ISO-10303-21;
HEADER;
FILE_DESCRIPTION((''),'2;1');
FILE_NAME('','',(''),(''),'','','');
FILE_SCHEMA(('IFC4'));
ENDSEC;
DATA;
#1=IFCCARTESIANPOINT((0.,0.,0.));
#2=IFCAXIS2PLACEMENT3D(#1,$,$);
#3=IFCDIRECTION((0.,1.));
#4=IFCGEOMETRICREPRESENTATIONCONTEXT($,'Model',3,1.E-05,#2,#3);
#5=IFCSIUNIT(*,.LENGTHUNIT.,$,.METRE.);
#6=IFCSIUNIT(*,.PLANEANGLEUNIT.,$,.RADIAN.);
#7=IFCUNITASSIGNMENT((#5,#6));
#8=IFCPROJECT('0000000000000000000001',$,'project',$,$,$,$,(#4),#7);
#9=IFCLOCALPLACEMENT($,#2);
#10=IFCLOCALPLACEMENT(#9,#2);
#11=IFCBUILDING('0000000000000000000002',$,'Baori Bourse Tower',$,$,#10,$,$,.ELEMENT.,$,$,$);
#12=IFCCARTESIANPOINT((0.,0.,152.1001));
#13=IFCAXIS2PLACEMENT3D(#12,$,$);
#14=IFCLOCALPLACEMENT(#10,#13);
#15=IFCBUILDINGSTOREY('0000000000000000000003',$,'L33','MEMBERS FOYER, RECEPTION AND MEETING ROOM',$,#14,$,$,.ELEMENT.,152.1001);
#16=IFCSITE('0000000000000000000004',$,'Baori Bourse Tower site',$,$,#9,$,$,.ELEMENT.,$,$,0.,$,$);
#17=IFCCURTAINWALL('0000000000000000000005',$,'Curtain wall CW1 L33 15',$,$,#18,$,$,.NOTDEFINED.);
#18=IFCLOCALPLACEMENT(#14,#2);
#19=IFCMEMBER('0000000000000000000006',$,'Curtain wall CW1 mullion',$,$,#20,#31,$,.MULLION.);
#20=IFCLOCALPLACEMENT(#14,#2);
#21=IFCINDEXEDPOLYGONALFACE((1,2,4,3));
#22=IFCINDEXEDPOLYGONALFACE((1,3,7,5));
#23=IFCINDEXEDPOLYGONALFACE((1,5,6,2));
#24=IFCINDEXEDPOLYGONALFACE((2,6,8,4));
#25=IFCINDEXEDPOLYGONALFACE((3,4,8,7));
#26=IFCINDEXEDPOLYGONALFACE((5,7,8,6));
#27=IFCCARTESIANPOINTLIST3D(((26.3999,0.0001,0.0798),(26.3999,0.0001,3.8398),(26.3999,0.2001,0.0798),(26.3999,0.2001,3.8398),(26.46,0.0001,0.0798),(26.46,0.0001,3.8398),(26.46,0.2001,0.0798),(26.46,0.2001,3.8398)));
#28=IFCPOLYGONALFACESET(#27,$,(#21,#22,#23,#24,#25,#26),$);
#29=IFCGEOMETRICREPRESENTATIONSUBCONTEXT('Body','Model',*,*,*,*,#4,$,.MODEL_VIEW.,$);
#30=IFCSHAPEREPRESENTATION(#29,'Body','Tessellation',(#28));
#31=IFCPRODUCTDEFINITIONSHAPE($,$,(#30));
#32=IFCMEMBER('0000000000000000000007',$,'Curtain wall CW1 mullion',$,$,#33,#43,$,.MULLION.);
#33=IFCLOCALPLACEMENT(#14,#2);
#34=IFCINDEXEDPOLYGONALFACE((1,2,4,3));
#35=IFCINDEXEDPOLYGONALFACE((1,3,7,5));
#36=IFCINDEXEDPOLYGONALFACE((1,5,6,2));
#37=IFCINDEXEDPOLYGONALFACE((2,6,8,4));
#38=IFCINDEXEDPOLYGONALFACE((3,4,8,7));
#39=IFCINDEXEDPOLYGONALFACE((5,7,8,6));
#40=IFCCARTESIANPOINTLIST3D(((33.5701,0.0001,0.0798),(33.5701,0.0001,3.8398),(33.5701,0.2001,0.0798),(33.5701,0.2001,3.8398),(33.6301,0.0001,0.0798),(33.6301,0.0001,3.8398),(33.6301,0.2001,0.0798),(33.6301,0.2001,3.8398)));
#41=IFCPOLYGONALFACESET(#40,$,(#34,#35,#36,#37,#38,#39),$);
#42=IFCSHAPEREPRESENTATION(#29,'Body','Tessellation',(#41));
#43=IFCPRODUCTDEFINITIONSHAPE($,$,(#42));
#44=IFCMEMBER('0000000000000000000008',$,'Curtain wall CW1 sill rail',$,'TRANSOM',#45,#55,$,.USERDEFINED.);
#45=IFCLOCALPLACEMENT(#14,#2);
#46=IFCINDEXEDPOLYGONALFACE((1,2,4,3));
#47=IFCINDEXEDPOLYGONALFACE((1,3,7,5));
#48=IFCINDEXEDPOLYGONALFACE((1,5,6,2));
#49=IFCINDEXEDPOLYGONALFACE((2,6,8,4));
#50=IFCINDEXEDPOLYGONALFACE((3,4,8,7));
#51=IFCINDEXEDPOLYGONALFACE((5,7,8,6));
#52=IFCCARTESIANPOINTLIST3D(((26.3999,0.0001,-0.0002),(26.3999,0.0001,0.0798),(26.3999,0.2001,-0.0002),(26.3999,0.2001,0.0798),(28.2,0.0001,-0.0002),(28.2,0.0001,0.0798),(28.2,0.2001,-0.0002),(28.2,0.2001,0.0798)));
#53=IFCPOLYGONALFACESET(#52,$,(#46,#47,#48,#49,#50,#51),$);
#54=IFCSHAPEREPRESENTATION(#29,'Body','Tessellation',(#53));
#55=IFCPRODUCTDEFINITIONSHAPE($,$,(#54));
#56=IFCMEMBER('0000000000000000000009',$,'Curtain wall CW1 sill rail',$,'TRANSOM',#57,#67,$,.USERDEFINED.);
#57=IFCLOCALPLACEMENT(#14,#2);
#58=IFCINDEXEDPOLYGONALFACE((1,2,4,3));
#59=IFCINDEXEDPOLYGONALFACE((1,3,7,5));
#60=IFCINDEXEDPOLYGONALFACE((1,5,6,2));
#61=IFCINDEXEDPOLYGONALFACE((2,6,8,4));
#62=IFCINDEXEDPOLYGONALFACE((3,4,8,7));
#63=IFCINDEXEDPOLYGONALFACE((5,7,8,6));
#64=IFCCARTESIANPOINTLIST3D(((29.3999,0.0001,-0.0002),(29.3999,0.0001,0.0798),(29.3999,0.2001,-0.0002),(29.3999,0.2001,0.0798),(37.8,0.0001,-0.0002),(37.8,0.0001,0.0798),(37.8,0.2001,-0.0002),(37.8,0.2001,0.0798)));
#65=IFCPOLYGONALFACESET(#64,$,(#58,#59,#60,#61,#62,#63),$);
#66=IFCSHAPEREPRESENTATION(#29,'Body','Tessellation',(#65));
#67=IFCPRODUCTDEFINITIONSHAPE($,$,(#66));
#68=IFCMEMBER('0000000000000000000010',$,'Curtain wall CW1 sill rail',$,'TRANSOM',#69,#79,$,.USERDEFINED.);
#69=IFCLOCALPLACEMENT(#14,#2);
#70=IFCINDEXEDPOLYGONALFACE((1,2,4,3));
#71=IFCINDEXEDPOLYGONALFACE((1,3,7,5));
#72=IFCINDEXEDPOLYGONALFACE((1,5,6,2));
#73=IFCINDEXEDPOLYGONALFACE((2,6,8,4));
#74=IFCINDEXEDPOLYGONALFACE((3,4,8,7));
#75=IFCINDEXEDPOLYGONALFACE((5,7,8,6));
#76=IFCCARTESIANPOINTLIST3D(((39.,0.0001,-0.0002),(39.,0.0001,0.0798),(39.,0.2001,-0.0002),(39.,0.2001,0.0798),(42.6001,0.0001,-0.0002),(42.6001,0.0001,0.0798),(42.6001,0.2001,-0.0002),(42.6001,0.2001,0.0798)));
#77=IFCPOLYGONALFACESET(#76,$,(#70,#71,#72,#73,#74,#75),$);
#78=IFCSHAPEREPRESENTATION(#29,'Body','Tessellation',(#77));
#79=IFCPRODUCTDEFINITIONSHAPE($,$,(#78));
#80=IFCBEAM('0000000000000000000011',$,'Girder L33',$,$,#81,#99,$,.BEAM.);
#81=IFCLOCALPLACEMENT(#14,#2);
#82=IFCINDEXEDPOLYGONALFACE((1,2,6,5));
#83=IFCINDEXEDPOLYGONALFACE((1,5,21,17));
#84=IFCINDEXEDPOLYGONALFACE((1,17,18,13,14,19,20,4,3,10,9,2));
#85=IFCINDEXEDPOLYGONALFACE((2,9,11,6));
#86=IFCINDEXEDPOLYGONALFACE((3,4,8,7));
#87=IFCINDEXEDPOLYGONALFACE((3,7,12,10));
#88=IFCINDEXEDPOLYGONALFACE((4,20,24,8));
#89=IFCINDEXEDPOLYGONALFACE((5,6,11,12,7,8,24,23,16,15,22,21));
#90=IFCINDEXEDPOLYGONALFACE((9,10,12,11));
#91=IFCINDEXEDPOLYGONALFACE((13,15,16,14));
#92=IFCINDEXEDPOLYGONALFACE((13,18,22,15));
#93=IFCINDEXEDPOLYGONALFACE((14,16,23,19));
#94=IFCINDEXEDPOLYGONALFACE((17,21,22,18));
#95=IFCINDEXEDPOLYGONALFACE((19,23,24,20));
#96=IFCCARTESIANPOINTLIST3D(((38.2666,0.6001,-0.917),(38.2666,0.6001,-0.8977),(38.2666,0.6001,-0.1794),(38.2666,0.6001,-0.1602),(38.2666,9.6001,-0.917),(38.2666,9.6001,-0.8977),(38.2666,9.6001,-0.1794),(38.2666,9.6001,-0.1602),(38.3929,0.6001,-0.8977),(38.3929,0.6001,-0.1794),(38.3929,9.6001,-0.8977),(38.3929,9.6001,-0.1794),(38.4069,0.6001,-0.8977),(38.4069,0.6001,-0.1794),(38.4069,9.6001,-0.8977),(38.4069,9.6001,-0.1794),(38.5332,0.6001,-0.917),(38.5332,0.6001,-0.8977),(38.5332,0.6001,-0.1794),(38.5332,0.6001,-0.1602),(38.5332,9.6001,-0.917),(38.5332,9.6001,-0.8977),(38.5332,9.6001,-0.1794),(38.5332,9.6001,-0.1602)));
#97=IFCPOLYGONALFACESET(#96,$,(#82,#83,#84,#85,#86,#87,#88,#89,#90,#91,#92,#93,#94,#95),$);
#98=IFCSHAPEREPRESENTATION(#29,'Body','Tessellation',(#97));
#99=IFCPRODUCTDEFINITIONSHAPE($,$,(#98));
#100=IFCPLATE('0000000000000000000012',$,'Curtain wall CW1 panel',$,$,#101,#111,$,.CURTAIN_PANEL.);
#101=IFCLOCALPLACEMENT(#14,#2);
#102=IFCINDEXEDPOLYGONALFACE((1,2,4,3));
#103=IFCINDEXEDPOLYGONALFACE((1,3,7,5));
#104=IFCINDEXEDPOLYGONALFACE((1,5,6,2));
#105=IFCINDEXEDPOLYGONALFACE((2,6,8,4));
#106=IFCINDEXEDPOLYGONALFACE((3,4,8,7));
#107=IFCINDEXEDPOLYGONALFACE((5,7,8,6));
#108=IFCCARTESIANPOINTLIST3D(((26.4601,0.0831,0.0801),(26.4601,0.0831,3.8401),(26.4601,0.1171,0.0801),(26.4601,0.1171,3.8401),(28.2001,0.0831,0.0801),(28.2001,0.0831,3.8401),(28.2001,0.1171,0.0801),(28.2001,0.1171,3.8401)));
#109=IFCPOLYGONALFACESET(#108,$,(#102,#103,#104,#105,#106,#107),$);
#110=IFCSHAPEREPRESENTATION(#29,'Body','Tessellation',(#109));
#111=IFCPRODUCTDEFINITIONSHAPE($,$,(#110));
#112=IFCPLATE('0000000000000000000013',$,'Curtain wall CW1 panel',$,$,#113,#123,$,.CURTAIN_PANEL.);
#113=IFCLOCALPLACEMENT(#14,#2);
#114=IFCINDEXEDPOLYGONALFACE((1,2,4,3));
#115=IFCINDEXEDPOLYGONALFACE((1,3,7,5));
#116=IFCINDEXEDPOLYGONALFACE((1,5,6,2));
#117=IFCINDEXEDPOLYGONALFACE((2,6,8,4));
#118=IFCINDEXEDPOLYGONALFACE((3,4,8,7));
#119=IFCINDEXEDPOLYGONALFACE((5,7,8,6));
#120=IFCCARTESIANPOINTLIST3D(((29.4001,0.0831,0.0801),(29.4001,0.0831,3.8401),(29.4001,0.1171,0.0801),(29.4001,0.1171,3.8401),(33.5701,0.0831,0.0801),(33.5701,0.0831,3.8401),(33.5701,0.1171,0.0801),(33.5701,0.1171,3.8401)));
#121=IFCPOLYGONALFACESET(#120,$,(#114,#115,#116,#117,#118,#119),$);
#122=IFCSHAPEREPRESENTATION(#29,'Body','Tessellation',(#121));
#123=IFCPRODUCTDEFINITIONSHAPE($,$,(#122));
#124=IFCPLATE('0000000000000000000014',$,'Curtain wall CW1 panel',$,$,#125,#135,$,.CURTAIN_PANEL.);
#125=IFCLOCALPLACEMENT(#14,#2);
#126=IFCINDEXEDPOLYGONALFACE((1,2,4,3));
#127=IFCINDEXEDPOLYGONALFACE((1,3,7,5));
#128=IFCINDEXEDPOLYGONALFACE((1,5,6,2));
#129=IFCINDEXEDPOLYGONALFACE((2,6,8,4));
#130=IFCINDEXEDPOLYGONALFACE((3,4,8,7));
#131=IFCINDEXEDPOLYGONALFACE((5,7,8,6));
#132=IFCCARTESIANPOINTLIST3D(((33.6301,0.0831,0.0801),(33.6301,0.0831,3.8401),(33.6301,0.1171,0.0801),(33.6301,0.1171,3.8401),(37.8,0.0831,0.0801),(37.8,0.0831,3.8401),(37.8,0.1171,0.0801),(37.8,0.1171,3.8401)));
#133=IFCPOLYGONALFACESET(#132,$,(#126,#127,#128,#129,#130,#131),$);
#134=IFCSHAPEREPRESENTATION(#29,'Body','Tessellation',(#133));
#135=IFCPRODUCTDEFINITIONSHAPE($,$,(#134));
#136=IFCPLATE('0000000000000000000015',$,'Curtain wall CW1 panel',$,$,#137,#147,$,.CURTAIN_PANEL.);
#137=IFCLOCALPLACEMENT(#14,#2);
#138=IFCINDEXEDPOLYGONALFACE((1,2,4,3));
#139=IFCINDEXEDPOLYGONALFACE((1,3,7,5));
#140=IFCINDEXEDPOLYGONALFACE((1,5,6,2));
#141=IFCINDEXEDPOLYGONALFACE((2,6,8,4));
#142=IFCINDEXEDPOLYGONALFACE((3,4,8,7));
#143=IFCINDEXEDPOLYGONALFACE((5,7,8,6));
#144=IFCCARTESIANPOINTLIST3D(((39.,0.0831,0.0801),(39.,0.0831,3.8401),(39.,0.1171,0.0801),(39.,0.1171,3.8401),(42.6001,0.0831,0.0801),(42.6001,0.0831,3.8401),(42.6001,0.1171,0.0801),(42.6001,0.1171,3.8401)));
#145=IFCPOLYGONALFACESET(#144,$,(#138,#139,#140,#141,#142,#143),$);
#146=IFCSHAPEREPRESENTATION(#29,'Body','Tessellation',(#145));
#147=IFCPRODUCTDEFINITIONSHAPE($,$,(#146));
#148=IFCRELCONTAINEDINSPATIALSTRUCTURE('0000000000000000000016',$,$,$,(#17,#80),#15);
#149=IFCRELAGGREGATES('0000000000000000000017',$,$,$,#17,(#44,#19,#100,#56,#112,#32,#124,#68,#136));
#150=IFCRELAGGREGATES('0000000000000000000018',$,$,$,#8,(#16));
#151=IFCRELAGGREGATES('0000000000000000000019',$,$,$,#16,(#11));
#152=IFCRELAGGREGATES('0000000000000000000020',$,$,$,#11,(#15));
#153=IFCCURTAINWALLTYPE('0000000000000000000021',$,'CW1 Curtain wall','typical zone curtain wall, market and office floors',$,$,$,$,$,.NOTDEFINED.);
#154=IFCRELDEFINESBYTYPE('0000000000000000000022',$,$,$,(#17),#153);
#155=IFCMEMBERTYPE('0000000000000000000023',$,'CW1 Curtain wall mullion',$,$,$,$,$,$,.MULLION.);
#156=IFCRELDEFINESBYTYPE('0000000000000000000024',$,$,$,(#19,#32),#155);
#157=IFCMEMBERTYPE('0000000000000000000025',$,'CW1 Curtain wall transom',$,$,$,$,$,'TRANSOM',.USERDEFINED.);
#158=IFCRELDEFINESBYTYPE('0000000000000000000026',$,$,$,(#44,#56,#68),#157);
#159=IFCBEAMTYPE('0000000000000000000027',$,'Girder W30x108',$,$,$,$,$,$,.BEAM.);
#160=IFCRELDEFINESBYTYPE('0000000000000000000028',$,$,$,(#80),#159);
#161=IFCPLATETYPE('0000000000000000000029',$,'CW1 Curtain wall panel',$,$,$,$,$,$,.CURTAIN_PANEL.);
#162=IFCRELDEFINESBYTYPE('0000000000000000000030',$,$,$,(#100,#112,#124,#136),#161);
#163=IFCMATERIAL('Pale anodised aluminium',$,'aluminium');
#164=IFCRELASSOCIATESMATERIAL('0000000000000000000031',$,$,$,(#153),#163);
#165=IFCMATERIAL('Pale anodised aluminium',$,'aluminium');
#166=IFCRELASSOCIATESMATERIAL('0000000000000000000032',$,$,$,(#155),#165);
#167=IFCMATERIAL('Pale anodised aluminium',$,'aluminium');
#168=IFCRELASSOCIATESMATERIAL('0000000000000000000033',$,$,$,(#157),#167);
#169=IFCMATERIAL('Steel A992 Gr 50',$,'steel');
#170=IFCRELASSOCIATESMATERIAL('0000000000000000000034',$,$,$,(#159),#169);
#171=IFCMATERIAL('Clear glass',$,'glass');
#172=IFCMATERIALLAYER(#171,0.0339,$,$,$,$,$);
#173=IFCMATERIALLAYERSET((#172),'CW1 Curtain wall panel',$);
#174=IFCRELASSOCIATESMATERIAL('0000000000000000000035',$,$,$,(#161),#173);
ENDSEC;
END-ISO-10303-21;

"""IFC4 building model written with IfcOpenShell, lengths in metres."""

from ifc_helpers import new_model, si_unit, direction, frame, origin, origin_2d, place, context, subcontext, project, spatial, rectangle, i_section, extrude, material, layer, layer_set, material_profile, profile_set, type_object, element, aggregate, save


model = new_model("IFC4")

# Units and contexts
model_context = context("Model", 3, precision=1e-05, world=origin(), true_north=direction((0.0, 1.0)))
body_context = subcontext(model_context, "Body", "Model", "MODEL_VIEW")
ifc_project = project(units=[si_unit("LENGTHUNIT", "METRE"), si_unit("PLANEANGLEUNIT", "RADIAN")], contexts=[model_context])

# Site, building, storey
site_placement = place(None, origin())
site = spatial("IfcSite", under=ifc_project, at=site_placement, Name="Baori Bourse Tower site", CompositionType="ELEMENT", RefElevation=0.0)
building_placement = place(site_placement, origin())
building = spatial("IfcBuilding", under=site, at=building_placement, Name="Baori Bourse Tower", CompositionType="ELEMENT")
storey_placement = place(building_placement, frame((0.0, 0.0, 152.1001)))
storey = spatial("IfcBuildingStorey", under=building, at=storey_placement, Name="L33", Description="MEMBERS FOYER, RECEPTION AND MEETING ROOM", CompositionType="ELEMENT", Elevation=152.1001)

# Curtain wall, members
ifc_material_1 = material(Name="Pale anodised aluminium", Category="aluminium")
curtain_wall_type = type_object("IfcCurtainWallType", Name="CW1 Curtain wall", Description="typical zone curtain wall, market and office floors", PredefinedType="NOTDEFINED", material=ifc_material_1)
curtain_wall_placement = place(storey_placement, origin())
curtain_wall = element("IfcCurtainWall", 1, at=curtain_wall_placement, inside=storey, type_object=curtain_wall_type, Name="Curtain wall CW1 L33 15", PredefinedType="NOTDEFINED")
ifc_material_2 = material(Name="Pale anodised aluminium", Category="aluminium")
ifc_material_profile_1 = material_profile(ifc_material_2, rectangle(XDim=0.2, YDim=0.0601, at=origin_2d()), Name="Mullion 60x200")
ifc_profile_set_1 = profile_set([ifc_material_profile_1], Name="Pale anodised aluminium")
member_type_1 = type_object("IfcMemberType", Name="CW1 Curtain wall mullion", PredefinedType="MULLION", material=ifc_profile_set_1)
member_1_placement = place(storey_placement, frame((26.4299, 0.1001, 0.0798), z_axis=(0.0, 0.0, 1.0), x_axis=(0.0, 1.0, 0.0)))
member_1 = element("IfcMember", 2, at=member_1_placement, type_object=member_type_1, Name="Curtain wall CW1 mullion", PredefinedType="MULLION", context=body_context, shape_type="SweptSolid", body=[
    extrude(rectangle(XDim=0.2, YDim=0.0601, at=origin_2d()), origin(), (0.0, 0.0, 1.0), 3.76),
])
member_2_placement = place(storey_placement, frame((33.6001, 0.1001, 0.0798), z_axis=(0.0, 0.0, 1.0), x_axis=(0.0, 1.0, 0.0)))
member_2 = element("IfcMember", 3, at=member_2_placement, type_object=member_type_1, Name="Curtain wall CW1 mullion", PredefinedType="MULLION", context=body_context, shape_type="SweptSolid", body=[
    extrude(rectangle(XDim=0.2, YDim=0.0601, at=origin_2d()), origin(), (0.0, 0.0, 1.0), 3.76),
])
ifc_material_3 = material(Name="Pale anodised aluminium", Category="aluminium")
ifc_material_profile_2 = material_profile(ifc_material_3, rectangle(XDim=0.2, YDim=0.0801, at=origin_2d()), Name="Transom 80x200")
ifc_profile_set_2 = profile_set([ifc_material_profile_2], Name="Pale anodised aluminium")
member_type_2 = type_object("IfcMemberType", Name="CW1 Curtain wall transom", ElementType="TRANSOM", PredefinedType="USERDEFINED", material=ifc_profile_set_2)
member_3_placement = place(storey_placement, frame((26.3999, 0.1001, 0.0398), z_axis=(1.0, 0.0, 0.0), x_axis=(0.0, 1.0, 0.0)))
member_3 = element("IfcMember", 4, at=member_3_placement, type_object=member_type_2, Name="Curtain wall CW1 sill rail", ObjectType="TRANSOM", PredefinedType="USERDEFINED", context=body_context, shape_type="SweptSolid", body=[
    extrude(rectangle(XDim=0.2, YDim=0.0801, at=origin_2d()), origin(), (0.0, 0.0, 1.0), 1.8),
])
member_4_placement = place(storey_placement, frame((29.3999, 0.1001, 0.0398), z_axis=(1.0, 0.0, 0.0), x_axis=(0.0, 1.0, 0.0)))
member_4 = element("IfcMember", 5, at=member_4_placement, type_object=member_type_2, Name="Curtain wall CW1 sill rail", ObjectType="TRANSOM", PredefinedType="USERDEFINED", context=body_context, shape_type="SweptSolid", body=[
    extrude(rectangle(XDim=0.2, YDim=0.0801, at=origin_2d()), origin(), (0.0, 0.0, 1.0), 8.4001),
])
member_5_placement = place(storey_placement, frame((39.0, 0.1001, 0.0398), z_axis=(1.0, 0.0, 0.0), x_axis=(0.0, 1.0, 0.0)))
member_5 = element("IfcMember", 6, at=member_5_placement, type_object=member_type_2, Name="Curtain wall CW1 sill rail", ObjectType="TRANSOM", PredefinedType="USERDEFINED", context=body_context, shape_type="SweptSolid", body=[
    extrude(rectangle(XDim=0.2, YDim=0.0801, at=origin_2d()), origin(), (0.0, 0.0, 1.0), 3.6001),
])

# Beam
ifc_material_4 = material(Name="Steel A992 Gr 50", Category="steel")
ifc_material_profile_3 = material_profile(ifc_material_4, i_section(OverallWidth=0.2666, OverallDepth=0.7568, WebThickness=0.0139, FlangeThickness=0.0193, at=origin_2d()), Name="W30x108")
ifc_profile_set_3 = profile_set([ifc_material_profile_3], Name="Steel A992 Gr 50")
beam_type = type_object("IfcBeamType", Name="Girder W30x108", PredefinedType="BEAM", material=ifc_profile_set_3)
beam_placement = place(storey_placement, frame((38.3999, 0.6001, -0.5386), z_axis=(0.0, 1.0, 0.0), x_axis=(-1.0, 0.0, 0.0)))
element("IfcBeam", 7, at=beam_placement, inside=storey, type_object=beam_type, Name="Girder L33", PredefinedType="BEAM", context=body_context, shape_type="SweptSolid", body=[
    extrude(i_section(OverallWidth=0.2666, OverallDepth=0.7568, WebThickness=0.0139, FlangeThickness=0.0193, at=origin_2d()), origin(), (0.0, 0.0, 1.0), 9.0),
])

# Plates
ifc_material_5 = material(Name="Clear glass", Category="glass")
ifc_layer_1 = layer(ifc_material_5, 0.0339)
ifc_layer_set_1 = layer_set([ifc_layer_1], Name="CW1 Curtain wall panel")
plate_type = type_object("IfcPlateType", Name="CW1 Curtain wall panel", PredefinedType="CURTAIN_PANEL", material=ifc_layer_set_1)
plate_1_placement = place(storey_placement, frame((27.3301, 0.1001, 0.0801), z_axis=(0.0, 0.0, 1.0), x_axis=(1.0, 0.0, 0.0)))
plate_1 = element("IfcPlate", 8, at=plate_1_placement, type_object=plate_type, Name="Curtain wall CW1 panel", PredefinedType="CURTAIN_PANEL", context=body_context, shape_type="SweptSolid", body=[
    extrude(rectangle(XDim=1.74, YDim=0.0339, at=origin_2d()), origin(), (0.0, 0.0, 1.0), 3.76),
])
plate_2_placement = place(storey_placement, frame((31.4851, 0.1001, 0.0801), z_axis=(0.0, 0.0, 1.0), x_axis=(1.0, 0.0, 0.0)))
plate_2 = element("IfcPlate", 9, at=plate_2_placement, type_object=plate_type, Name="Curtain wall CW1 panel", PredefinedType="CURTAIN_PANEL", context=body_context, shape_type="SweptSolid", body=[
    extrude(rectangle(XDim=4.1699, YDim=0.0339, at=origin_2d()), origin(), (0.0, 0.0, 1.0), 3.76),
])
plate_3_placement = place(storey_placement, frame((35.7151, 0.1001, 0.0801), z_axis=(0.0, 0.0, 1.0), x_axis=(1.0, 0.0, 0.0)))
plate_3 = element("IfcPlate", 10, at=plate_3_placement, type_object=plate_type, Name="Curtain wall CW1 panel", PredefinedType="CURTAIN_PANEL", context=body_context, shape_type="SweptSolid", body=[
    extrude(rectangle(XDim=4.1699, YDim=0.0339, at=origin_2d()), origin(), (0.0, 0.0, 1.0), 3.76),
])
plate_4_placement = place(storey_placement, frame((40.8, 0.1001, 0.0801), z_axis=(0.0, 0.0, 1.0), x_axis=(1.0, 0.0, 0.0)))
plate_4 = element("IfcPlate", 11, at=plate_4_placement, type_object=plate_type, Name="Curtain wall CW1 panel", PredefinedType="CURTAIN_PANEL", context=body_context, shape_type="SweptSolid", body=[
    extrude(rectangle(XDim=3.6001, YDim=0.0339, at=origin_2d()), origin(), (0.0, 0.0, 1.0), 3.76),
])
aggregate(curtain_wall, [member_3, member_1, plate_1, member_4, plate_2, member_2, plate_3, member_5, plate_4])

save(model, "model.ifc")
